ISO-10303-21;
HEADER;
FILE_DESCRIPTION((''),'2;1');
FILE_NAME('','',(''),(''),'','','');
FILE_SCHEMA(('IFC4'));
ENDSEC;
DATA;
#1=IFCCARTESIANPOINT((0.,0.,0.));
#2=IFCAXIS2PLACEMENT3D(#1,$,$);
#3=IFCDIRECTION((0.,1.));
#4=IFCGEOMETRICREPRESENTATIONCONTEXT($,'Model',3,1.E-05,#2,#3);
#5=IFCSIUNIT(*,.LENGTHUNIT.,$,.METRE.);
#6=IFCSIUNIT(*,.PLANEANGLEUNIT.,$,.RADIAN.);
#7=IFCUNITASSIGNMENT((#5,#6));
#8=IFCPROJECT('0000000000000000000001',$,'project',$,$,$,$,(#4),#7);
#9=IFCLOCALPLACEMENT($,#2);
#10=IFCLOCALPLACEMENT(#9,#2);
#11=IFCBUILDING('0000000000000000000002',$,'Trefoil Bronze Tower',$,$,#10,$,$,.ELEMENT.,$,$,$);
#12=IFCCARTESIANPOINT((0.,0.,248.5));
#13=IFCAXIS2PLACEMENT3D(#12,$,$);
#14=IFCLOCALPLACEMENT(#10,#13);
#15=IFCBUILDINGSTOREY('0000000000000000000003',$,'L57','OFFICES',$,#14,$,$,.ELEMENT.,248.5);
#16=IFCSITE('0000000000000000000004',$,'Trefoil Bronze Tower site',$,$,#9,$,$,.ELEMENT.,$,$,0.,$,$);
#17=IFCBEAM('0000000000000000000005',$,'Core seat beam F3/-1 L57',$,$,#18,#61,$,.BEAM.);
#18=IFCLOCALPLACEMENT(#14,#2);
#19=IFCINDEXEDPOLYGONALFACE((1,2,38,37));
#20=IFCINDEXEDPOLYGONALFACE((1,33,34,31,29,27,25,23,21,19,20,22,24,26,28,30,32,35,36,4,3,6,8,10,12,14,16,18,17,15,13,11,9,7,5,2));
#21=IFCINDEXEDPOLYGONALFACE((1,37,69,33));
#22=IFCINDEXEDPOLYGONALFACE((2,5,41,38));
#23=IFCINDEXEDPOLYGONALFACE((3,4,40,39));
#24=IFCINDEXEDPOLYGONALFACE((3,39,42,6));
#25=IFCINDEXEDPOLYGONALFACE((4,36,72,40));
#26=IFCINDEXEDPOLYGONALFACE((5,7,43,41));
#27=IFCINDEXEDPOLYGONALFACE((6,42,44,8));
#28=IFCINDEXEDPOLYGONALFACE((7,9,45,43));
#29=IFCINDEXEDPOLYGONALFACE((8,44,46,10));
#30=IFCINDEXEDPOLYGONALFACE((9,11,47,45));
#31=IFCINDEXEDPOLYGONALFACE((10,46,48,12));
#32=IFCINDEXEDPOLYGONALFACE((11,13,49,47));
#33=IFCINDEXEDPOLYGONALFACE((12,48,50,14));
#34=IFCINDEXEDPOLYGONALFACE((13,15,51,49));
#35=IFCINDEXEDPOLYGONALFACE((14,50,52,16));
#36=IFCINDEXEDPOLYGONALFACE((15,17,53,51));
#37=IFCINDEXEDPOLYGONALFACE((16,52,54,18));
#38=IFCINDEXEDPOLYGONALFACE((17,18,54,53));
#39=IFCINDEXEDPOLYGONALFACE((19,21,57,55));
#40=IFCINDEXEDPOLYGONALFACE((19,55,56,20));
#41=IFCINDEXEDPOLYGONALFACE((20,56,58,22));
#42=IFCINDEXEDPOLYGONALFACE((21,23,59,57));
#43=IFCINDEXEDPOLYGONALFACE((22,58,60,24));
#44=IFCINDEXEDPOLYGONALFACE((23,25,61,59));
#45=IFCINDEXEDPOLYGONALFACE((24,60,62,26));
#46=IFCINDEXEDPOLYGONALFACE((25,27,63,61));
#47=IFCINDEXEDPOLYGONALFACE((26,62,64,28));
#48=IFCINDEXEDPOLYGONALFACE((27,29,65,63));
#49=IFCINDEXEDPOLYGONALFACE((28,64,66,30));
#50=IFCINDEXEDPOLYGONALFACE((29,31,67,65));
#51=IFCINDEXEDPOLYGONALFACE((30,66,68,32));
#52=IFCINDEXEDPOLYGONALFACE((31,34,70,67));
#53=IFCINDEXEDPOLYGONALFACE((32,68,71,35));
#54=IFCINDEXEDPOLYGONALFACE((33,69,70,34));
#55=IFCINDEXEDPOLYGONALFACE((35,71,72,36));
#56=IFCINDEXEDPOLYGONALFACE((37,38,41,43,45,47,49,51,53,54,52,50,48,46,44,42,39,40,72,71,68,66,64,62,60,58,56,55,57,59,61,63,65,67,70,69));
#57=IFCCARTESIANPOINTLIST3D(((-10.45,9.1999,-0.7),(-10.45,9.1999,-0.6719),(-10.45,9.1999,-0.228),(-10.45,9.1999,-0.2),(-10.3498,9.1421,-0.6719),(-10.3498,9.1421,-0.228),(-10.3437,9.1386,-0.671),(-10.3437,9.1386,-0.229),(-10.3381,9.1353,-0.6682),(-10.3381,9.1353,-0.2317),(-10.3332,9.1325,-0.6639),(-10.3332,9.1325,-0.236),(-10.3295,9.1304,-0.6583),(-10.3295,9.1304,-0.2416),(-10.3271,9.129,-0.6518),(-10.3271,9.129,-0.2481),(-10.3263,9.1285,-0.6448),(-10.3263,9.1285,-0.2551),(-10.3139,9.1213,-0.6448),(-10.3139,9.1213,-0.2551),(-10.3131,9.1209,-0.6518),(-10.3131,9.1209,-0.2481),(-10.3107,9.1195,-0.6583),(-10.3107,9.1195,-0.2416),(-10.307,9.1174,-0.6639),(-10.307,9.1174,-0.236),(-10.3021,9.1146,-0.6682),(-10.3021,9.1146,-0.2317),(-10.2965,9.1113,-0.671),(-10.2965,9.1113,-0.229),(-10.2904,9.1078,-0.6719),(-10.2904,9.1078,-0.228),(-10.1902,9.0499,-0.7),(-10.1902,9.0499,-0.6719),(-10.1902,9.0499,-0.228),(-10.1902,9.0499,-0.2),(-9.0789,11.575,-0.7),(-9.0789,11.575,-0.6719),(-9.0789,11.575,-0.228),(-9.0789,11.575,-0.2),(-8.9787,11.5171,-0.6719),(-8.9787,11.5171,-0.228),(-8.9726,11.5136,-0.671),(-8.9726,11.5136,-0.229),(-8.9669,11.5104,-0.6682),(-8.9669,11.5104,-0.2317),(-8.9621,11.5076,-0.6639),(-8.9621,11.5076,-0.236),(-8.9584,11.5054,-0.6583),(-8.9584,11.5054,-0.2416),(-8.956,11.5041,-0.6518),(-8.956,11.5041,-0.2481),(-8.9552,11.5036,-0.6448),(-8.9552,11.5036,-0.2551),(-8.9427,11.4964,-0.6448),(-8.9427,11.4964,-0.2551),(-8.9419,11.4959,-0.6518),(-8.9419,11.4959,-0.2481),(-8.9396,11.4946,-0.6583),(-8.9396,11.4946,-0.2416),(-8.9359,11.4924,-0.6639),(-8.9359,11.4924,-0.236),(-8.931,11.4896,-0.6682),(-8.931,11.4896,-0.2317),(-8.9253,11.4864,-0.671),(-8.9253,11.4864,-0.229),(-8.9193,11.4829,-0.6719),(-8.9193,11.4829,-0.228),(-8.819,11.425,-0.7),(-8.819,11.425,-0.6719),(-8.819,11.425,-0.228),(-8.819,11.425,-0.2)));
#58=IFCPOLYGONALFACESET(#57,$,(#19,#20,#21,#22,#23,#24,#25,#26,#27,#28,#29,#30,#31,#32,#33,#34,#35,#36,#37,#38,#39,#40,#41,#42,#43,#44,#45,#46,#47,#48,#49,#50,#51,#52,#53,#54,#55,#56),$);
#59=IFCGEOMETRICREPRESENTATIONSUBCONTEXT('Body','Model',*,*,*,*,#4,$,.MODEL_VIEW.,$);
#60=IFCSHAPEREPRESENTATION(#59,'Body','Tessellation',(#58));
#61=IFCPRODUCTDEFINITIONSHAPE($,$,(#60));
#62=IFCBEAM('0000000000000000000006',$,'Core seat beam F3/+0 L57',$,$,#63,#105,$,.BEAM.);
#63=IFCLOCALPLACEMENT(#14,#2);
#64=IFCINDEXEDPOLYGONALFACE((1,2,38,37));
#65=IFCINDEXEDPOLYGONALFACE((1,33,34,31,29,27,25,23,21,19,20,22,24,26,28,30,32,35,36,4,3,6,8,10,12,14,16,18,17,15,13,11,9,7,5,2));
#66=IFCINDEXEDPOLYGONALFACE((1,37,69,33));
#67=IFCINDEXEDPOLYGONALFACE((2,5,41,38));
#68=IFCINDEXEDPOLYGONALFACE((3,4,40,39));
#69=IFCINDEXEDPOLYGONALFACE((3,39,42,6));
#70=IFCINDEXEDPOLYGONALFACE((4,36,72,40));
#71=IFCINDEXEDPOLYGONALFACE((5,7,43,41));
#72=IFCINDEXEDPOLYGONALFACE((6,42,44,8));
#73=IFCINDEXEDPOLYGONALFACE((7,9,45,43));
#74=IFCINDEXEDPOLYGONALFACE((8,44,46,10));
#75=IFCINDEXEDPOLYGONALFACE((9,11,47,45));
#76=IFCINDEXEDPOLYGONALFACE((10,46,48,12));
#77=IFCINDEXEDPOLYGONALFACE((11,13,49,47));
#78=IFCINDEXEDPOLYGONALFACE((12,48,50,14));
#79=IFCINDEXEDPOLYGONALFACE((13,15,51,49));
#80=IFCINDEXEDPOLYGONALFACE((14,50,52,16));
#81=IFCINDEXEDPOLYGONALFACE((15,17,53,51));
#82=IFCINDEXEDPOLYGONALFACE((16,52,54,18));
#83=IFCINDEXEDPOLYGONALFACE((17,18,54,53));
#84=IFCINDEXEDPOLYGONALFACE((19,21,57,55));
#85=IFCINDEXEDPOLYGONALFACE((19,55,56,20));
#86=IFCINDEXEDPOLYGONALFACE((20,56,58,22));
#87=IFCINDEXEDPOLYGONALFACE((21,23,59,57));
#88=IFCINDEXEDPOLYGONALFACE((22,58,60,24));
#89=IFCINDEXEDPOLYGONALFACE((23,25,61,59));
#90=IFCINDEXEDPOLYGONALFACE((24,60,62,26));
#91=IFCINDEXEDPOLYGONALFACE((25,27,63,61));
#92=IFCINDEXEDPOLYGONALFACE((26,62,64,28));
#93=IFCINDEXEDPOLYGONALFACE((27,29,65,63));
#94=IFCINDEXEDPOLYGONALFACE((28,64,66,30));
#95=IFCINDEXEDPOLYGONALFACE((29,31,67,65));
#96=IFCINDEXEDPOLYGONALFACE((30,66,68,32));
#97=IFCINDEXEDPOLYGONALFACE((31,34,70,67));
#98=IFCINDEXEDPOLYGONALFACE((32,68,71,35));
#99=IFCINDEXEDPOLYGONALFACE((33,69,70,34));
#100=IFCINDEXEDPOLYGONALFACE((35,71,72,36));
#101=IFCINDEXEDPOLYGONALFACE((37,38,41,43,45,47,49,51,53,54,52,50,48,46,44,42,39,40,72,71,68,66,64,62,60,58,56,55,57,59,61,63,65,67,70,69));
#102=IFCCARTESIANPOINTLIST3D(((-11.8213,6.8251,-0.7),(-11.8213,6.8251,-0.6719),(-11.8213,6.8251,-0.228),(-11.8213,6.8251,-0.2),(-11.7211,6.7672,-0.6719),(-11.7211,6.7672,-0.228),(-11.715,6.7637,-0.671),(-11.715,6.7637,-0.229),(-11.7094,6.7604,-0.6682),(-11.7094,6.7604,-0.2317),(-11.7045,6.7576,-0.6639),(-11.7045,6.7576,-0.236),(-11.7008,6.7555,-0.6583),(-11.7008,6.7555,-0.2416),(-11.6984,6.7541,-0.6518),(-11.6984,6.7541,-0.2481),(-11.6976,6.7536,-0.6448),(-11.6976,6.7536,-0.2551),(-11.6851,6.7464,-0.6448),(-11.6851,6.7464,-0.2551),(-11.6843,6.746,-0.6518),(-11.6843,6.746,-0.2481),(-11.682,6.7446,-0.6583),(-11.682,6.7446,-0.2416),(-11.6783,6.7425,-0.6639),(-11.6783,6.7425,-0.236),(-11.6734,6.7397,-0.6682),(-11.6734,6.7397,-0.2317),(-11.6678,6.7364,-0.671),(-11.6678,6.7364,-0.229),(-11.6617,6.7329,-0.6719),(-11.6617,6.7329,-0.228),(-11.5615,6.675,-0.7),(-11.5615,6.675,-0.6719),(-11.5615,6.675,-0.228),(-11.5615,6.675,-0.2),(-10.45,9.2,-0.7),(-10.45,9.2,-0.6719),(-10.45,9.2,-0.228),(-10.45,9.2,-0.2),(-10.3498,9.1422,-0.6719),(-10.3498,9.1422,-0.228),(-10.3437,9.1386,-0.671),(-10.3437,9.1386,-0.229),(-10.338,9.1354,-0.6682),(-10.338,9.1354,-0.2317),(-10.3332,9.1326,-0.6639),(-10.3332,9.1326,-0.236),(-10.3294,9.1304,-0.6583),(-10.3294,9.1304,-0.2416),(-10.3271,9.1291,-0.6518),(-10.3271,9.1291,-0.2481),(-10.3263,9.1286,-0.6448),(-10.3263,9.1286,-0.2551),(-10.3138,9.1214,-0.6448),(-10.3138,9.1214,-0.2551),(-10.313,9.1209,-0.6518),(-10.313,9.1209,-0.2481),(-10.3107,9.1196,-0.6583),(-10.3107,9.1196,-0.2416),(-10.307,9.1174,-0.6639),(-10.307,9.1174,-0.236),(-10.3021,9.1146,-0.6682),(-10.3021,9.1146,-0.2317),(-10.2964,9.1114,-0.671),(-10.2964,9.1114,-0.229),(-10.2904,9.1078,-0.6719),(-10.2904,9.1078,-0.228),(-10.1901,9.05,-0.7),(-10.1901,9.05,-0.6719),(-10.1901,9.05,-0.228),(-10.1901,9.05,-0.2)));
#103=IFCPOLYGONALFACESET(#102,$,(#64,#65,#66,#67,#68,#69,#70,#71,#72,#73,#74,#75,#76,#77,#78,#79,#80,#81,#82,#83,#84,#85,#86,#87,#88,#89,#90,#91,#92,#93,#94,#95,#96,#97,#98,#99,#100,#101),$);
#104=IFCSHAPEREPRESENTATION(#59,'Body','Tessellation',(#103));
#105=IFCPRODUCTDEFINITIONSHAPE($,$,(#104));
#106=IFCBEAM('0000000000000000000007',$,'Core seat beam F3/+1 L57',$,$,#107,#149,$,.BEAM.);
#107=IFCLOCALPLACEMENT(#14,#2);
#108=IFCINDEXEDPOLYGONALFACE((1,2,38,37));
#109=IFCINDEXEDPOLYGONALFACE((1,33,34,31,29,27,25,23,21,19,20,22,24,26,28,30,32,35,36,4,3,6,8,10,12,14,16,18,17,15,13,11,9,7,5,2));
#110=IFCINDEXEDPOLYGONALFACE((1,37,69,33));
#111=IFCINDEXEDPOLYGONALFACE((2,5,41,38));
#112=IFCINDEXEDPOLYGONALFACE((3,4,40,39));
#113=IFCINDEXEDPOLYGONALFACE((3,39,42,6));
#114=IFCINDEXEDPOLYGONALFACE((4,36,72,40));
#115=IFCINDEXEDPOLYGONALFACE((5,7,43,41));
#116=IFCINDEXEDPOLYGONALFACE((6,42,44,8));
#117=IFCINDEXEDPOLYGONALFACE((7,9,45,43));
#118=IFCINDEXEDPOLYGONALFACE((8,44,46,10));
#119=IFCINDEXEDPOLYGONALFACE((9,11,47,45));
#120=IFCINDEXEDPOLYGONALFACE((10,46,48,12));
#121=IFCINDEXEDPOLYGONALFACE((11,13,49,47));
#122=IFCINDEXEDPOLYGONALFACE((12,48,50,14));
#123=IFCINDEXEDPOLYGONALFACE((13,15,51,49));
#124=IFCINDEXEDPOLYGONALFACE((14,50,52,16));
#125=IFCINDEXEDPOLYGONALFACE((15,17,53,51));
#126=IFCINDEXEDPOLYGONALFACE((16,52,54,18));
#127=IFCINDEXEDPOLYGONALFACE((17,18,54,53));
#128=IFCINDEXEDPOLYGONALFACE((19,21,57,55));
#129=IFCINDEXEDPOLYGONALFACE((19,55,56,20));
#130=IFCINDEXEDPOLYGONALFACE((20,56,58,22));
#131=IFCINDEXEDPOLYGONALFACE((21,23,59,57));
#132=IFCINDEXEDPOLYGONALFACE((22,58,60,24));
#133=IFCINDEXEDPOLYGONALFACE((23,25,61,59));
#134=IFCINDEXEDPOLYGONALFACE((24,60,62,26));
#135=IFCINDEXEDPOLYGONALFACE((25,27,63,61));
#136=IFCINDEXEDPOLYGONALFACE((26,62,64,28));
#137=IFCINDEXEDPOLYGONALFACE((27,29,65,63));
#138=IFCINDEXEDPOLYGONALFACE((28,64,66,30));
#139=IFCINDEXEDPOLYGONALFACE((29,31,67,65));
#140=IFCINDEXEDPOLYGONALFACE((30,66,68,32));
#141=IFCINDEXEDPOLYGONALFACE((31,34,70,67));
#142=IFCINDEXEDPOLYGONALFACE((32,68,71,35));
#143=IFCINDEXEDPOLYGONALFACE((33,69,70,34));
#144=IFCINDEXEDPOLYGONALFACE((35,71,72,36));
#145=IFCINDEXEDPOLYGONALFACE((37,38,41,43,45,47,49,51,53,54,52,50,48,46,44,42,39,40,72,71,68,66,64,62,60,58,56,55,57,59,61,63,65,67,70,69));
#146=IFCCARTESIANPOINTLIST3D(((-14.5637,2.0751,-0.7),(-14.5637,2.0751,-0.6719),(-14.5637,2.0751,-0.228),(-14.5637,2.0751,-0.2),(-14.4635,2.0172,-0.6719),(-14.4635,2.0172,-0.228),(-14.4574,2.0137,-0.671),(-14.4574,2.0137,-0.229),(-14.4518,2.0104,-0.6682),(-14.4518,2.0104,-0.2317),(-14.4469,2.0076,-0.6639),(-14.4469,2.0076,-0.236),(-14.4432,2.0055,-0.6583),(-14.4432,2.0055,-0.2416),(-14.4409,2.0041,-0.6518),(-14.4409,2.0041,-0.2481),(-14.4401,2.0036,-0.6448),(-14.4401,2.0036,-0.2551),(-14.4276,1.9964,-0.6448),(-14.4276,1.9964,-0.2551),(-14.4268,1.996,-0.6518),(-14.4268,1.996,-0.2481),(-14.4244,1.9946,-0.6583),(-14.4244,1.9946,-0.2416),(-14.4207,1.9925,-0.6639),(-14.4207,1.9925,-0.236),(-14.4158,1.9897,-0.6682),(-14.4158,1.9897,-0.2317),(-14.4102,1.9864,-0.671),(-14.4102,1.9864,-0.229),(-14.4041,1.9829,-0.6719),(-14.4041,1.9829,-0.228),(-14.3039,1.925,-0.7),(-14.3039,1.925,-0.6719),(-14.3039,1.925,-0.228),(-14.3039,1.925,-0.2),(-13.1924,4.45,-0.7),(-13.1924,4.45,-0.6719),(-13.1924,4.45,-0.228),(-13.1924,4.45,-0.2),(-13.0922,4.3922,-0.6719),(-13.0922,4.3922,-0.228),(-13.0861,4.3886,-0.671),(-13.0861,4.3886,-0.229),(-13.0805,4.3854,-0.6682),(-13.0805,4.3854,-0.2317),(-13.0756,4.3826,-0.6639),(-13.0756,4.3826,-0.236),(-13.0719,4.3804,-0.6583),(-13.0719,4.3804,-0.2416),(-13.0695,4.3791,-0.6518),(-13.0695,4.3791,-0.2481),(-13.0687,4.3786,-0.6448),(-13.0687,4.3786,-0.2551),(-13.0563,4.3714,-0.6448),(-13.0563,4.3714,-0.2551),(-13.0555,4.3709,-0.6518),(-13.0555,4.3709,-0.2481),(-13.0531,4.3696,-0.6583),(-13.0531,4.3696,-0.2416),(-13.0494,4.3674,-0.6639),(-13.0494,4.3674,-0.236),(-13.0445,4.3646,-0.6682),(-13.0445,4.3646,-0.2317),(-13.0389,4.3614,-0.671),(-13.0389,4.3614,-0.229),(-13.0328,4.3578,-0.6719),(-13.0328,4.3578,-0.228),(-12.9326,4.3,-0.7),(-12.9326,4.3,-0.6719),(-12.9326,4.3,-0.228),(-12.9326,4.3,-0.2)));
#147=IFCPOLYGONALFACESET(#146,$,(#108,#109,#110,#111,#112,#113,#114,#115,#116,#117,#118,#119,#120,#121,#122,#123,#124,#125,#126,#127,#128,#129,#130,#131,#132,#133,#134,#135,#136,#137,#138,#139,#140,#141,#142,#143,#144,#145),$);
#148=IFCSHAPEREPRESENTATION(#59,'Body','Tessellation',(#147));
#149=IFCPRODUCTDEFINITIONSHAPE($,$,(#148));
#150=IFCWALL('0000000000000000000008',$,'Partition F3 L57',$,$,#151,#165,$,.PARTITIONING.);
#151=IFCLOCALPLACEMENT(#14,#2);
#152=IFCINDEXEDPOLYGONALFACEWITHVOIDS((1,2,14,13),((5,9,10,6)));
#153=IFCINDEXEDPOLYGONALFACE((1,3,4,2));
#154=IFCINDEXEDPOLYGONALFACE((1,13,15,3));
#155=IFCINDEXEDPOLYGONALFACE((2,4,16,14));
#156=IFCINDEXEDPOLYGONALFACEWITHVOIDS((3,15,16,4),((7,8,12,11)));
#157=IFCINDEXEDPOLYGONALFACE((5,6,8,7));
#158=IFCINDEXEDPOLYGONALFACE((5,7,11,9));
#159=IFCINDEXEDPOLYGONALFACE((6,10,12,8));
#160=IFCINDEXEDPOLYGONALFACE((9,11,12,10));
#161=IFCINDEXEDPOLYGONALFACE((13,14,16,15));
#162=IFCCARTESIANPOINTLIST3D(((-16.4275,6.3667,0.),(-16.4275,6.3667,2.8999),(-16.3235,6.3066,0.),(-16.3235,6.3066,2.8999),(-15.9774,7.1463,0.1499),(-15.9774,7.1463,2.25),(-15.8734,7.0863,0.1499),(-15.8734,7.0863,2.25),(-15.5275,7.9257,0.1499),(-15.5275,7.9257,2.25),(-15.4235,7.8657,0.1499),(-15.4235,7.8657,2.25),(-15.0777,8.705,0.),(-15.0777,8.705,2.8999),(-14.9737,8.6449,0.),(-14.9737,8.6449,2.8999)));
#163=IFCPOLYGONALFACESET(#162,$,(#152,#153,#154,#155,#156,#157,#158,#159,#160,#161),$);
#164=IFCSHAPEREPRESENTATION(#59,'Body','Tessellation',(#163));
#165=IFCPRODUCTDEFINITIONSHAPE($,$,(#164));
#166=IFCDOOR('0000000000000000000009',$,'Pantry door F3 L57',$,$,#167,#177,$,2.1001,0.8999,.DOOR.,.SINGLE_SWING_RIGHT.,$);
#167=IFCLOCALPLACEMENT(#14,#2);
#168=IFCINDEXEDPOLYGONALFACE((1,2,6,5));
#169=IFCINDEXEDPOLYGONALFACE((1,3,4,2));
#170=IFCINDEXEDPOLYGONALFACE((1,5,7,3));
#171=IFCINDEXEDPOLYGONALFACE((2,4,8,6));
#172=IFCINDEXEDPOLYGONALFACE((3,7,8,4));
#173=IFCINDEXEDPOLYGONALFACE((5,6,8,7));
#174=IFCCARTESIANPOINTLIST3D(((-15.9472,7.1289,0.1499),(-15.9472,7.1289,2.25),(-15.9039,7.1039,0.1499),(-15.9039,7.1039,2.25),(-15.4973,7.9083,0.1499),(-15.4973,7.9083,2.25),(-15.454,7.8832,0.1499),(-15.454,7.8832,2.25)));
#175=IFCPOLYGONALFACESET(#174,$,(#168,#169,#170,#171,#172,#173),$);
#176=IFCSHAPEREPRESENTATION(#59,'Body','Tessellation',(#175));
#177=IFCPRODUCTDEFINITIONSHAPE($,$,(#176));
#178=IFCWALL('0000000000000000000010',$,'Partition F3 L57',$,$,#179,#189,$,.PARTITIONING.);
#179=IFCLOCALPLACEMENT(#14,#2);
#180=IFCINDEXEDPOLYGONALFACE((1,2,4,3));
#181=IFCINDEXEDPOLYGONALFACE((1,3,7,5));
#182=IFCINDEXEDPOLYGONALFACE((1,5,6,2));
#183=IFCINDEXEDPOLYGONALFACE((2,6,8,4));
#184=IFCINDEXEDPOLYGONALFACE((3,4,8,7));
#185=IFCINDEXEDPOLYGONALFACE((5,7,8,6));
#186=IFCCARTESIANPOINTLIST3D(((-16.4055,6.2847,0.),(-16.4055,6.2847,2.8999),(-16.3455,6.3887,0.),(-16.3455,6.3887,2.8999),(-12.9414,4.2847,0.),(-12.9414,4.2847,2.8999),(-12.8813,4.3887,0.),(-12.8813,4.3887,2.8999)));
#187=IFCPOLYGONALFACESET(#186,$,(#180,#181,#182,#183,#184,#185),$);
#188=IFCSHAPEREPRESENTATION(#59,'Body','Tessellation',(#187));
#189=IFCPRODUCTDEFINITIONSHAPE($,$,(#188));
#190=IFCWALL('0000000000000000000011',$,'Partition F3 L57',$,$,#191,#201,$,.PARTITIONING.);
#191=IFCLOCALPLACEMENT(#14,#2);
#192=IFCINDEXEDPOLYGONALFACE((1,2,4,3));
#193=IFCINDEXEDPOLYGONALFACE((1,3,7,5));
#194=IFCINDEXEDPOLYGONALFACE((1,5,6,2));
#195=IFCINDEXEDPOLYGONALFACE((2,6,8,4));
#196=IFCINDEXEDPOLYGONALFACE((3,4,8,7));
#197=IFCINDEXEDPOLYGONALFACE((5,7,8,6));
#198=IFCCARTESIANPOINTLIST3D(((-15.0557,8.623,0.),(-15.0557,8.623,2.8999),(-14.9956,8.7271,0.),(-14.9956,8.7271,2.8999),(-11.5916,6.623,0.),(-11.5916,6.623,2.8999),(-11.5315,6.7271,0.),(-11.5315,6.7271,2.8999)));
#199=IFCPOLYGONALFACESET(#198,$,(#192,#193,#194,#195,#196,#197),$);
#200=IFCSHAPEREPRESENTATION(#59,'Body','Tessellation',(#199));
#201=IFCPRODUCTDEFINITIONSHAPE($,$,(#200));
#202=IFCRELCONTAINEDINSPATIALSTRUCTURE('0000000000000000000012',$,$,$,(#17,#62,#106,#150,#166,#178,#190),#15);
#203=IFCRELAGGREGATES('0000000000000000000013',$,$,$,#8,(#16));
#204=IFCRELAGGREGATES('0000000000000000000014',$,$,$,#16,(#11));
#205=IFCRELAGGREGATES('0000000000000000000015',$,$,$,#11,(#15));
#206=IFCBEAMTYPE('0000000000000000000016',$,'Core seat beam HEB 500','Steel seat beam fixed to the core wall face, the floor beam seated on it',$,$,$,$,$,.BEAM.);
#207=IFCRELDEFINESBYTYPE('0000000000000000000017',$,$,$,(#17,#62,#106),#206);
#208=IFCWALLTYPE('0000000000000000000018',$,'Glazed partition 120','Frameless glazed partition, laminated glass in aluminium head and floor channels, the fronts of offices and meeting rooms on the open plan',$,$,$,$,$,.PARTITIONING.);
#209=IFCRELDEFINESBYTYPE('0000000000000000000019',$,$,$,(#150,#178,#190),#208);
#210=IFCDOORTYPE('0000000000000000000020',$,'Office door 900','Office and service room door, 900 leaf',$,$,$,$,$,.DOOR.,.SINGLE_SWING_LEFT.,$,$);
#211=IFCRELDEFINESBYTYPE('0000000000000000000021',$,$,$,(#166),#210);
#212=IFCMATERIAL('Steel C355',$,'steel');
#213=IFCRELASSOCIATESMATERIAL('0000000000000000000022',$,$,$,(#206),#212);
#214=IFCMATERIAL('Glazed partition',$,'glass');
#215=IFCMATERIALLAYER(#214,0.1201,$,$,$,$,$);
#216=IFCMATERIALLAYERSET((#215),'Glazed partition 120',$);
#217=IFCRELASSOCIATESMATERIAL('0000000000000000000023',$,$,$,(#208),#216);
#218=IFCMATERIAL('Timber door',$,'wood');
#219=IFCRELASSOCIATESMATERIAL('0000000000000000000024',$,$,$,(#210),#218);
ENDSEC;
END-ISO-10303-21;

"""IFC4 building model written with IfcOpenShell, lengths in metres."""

from ifc_helpers import new_model, si_unit, direction, frame, frame_2d, origin, origin_2d, place, context, subcontext, project, spatial, rectangle, i_section, extrude, material, layer, layer_set, material_profile, profile_set, type_object, element, fill, save


model = new_model("IFC4")

# Units and contexts
model_context = context("Model", 3, precision=1e-05, world=origin(), true_north=direction((0.0, 1.0)))
body_context = subcontext(model_context, "Body", "Model", "MODEL_VIEW")
ifc_project = project(units=[si_unit("LENGTHUNIT", "METRE"), si_unit("PLANEANGLEUNIT", "RADIAN")], contexts=[model_context])

# Site, building, storey
site_placement = place(None, origin())
site = spatial("IfcSite", under=ifc_project, at=site_placement, Name="Trefoil Bronze Tower site", CompositionType="ELEMENT", RefElevation=0.0)
building_placement = place(site_placement, origin())
building = spatial("IfcBuilding", under=site, at=building_placement, Name="Trefoil Bronze Tower", CompositionType="ELEMENT")
storey_placement = place(building_placement, frame((0.0, 0.0, 248.5)))
storey = spatial("IfcBuildingStorey", under=building, at=storey_placement, Name="L57", Description="OFFICES", CompositionType="ELEMENT", Elevation=248.5)

# Beams
ifc_material_1 = material(Name="Steel C355", Category="steel")
ifc_material_profile = material_profile(ifc_material_1, i_section(OverallWidth=0.3, OverallDepth=0.5, WebThickness=0.0144, FlangeThickness=0.0281, FilletRadius=0.0271, at=origin_2d()), Name="HEB 500")
ifc_profile_set = profile_set([ifc_material_profile], Name="Steel C355")
beam_type = type_object("IfcBeamType", Name="Core seat beam HEB 500", Description="Steel seat beam fixed to the core wall face, the floor beam seated on it", PredefinedType="BEAM", material=ifc_profile_set)
for number, where, z_axis, x_axis, name in (
    (1, (-8.949, 11.5, -0.45), (-0.499969, -0.866043, 0.0), (0.866043, -0.499969, 0.0), "Core seat beam F3/-1 L57"),
    (2, (-10.3201, 9.125, -0.45), (-0.500036, -0.866005, 0.0), (0.866005, -0.500036, 0.0), "Core seat beam F3/+0 L57"),
    (3, (-13.0625, 4.375, -0.45), (-0.500036, -0.866005, 0.0), (0.866005, -0.500036, 0.0), "Core seat beam F3/+1 L57"),
):
    element("IfcBeam", number, at=place(storey_placement, frame(where, z_axis=z_axis, x_axis=x_axis)), inside=storey, type_object=beam_type, Name=name, PredefinedType="BEAM", context=body_context, shape_type="SweptSolid", body=[
        extrude(i_section(OverallWidth=0.3, OverallDepth=0.5, WebThickness=0.0144, FlangeThickness=0.0281, FilletRadius=0.0271, at=origin_2d()), origin(), (0.0, 0.0, 1.0), 2.7424),
    ])

# Wall, opening, door
ifc_material_2 = material(Name="Glazed partition", Category="glass")
ifc_layer_1 = layer(ifc_material_2, 0.1201)
ifc_layer_set_1 = layer_set([ifc_layer_1], Name="Glazed partition 120")
wall_type_1 = type_object("IfcWallType", Name="Glazed partition 120", Description="Frameless glazed partition, laminated glass in aluminium head and floor channels, the fronts of offices and meeting rooms on the open plan", PredefinedType="PARTITIONING", material=ifc_layer_set_1)
wall_1_placement = place(storey_placement, frame((-15.0256, 8.675, 0.0), z_axis=(0.0, 0.0, 1.0), x_axis=(-0.499942, -0.866059, 0.0)))
wall_1 = element("IfcWall", 4, at=wall_1_placement, inside=storey, type_object=wall_type_1, Name="Partition F3 L57", PredefinedType="PARTITIONING", context=body_context, shape_type="SweptSolid", body=[
    extrude(rectangle(XDim=2.7, YDim=0.1201, at=frame_2d((1.3501, 0.0))), origin(), (0.0, 0.0, 1.0), 2.8999),
])
opening_1_placement = place(wall_1_placement, frame((0.8999, 0.0, 0.1499)))
opening_1 = element("IfcOpeningElement", 5, at=opening_1_placement, cuts=wall_1, PredefinedType="OPENING", context=body_context, shape_type="SweptSolid", body=[
    extrude(rectangle(XDim=0.8999, YDim=2.1001, at=frame_2d((0.45, 1.05))), frame((0.0, 0.0701, 0.0), z_axis=(0.0, -1.0, 0.0), x_axis=(1.0, 0.0, 0.0)), (0.0, 0.0, 1.0), 0.1401),
])
ifc_material_3 = material(Name="Timber door", Category="wood")
door_type_1 = type_object("IfcDoorType", Name="Office door 900", Description="Office and service room door, 900 leaf", OperationType="SINGLE_SWING_LEFT", PredefinedType="DOOR", material=ifc_material_3)
door_1_placement = place(opening_1_placement, origin())
door_1 = element("IfcDoor", 6, at=door_1_placement, inside=storey, type_object=door_type_1, Name="Pantry door F3 L57", OperationType="SINGLE_SWING_RIGHT", OverallHeight=2.1001, OverallWidth=0.8999, PredefinedType="DOOR", context=body_context, shape_type="SweptSolid", body=[
    extrude(rectangle(XDim=0.8999, YDim=2.1001, at=frame_2d((0.45, 1.05))), frame((0.0, 0.0249, 0.0), z_axis=(0.0, -1.0, 0.0), x_axis=(1.0, 0.0, 0.0)), (0.0, 0.0, 1.0), 0.05),
])
fill(opening_1, door_1)

# Walls
for number, where, z_axis, x_axis, name in (
    (7, (-12.9114, 4.3367, 0.0), (0.0, 0.0, 1.0), (-0.866026, 0.499999, 0.0), "Partition F3 L57"),
    (8, (-11.5615, 6.675, 0.0), (0.0, 0.0, 1.0), (-0.866026, 0.499999, 0.0), "Partition F3 L57"),
):
    element("IfcWall", number, at=place(storey_placement, frame(where, z_axis=z_axis, x_axis=x_axis)), inside=storey, type_object=wall_type_1, Name=name, PredefinedType="PARTITIONING", context=body_context, shape_type="SweptSolid", body=[
        extrude(rectangle(XDim=4.0, YDim=0.1201, at=frame_2d((2.0, 0.0))), origin(), (0.0, 0.0, 1.0), 2.8999),
    ])

save(model, "model.ifc")
